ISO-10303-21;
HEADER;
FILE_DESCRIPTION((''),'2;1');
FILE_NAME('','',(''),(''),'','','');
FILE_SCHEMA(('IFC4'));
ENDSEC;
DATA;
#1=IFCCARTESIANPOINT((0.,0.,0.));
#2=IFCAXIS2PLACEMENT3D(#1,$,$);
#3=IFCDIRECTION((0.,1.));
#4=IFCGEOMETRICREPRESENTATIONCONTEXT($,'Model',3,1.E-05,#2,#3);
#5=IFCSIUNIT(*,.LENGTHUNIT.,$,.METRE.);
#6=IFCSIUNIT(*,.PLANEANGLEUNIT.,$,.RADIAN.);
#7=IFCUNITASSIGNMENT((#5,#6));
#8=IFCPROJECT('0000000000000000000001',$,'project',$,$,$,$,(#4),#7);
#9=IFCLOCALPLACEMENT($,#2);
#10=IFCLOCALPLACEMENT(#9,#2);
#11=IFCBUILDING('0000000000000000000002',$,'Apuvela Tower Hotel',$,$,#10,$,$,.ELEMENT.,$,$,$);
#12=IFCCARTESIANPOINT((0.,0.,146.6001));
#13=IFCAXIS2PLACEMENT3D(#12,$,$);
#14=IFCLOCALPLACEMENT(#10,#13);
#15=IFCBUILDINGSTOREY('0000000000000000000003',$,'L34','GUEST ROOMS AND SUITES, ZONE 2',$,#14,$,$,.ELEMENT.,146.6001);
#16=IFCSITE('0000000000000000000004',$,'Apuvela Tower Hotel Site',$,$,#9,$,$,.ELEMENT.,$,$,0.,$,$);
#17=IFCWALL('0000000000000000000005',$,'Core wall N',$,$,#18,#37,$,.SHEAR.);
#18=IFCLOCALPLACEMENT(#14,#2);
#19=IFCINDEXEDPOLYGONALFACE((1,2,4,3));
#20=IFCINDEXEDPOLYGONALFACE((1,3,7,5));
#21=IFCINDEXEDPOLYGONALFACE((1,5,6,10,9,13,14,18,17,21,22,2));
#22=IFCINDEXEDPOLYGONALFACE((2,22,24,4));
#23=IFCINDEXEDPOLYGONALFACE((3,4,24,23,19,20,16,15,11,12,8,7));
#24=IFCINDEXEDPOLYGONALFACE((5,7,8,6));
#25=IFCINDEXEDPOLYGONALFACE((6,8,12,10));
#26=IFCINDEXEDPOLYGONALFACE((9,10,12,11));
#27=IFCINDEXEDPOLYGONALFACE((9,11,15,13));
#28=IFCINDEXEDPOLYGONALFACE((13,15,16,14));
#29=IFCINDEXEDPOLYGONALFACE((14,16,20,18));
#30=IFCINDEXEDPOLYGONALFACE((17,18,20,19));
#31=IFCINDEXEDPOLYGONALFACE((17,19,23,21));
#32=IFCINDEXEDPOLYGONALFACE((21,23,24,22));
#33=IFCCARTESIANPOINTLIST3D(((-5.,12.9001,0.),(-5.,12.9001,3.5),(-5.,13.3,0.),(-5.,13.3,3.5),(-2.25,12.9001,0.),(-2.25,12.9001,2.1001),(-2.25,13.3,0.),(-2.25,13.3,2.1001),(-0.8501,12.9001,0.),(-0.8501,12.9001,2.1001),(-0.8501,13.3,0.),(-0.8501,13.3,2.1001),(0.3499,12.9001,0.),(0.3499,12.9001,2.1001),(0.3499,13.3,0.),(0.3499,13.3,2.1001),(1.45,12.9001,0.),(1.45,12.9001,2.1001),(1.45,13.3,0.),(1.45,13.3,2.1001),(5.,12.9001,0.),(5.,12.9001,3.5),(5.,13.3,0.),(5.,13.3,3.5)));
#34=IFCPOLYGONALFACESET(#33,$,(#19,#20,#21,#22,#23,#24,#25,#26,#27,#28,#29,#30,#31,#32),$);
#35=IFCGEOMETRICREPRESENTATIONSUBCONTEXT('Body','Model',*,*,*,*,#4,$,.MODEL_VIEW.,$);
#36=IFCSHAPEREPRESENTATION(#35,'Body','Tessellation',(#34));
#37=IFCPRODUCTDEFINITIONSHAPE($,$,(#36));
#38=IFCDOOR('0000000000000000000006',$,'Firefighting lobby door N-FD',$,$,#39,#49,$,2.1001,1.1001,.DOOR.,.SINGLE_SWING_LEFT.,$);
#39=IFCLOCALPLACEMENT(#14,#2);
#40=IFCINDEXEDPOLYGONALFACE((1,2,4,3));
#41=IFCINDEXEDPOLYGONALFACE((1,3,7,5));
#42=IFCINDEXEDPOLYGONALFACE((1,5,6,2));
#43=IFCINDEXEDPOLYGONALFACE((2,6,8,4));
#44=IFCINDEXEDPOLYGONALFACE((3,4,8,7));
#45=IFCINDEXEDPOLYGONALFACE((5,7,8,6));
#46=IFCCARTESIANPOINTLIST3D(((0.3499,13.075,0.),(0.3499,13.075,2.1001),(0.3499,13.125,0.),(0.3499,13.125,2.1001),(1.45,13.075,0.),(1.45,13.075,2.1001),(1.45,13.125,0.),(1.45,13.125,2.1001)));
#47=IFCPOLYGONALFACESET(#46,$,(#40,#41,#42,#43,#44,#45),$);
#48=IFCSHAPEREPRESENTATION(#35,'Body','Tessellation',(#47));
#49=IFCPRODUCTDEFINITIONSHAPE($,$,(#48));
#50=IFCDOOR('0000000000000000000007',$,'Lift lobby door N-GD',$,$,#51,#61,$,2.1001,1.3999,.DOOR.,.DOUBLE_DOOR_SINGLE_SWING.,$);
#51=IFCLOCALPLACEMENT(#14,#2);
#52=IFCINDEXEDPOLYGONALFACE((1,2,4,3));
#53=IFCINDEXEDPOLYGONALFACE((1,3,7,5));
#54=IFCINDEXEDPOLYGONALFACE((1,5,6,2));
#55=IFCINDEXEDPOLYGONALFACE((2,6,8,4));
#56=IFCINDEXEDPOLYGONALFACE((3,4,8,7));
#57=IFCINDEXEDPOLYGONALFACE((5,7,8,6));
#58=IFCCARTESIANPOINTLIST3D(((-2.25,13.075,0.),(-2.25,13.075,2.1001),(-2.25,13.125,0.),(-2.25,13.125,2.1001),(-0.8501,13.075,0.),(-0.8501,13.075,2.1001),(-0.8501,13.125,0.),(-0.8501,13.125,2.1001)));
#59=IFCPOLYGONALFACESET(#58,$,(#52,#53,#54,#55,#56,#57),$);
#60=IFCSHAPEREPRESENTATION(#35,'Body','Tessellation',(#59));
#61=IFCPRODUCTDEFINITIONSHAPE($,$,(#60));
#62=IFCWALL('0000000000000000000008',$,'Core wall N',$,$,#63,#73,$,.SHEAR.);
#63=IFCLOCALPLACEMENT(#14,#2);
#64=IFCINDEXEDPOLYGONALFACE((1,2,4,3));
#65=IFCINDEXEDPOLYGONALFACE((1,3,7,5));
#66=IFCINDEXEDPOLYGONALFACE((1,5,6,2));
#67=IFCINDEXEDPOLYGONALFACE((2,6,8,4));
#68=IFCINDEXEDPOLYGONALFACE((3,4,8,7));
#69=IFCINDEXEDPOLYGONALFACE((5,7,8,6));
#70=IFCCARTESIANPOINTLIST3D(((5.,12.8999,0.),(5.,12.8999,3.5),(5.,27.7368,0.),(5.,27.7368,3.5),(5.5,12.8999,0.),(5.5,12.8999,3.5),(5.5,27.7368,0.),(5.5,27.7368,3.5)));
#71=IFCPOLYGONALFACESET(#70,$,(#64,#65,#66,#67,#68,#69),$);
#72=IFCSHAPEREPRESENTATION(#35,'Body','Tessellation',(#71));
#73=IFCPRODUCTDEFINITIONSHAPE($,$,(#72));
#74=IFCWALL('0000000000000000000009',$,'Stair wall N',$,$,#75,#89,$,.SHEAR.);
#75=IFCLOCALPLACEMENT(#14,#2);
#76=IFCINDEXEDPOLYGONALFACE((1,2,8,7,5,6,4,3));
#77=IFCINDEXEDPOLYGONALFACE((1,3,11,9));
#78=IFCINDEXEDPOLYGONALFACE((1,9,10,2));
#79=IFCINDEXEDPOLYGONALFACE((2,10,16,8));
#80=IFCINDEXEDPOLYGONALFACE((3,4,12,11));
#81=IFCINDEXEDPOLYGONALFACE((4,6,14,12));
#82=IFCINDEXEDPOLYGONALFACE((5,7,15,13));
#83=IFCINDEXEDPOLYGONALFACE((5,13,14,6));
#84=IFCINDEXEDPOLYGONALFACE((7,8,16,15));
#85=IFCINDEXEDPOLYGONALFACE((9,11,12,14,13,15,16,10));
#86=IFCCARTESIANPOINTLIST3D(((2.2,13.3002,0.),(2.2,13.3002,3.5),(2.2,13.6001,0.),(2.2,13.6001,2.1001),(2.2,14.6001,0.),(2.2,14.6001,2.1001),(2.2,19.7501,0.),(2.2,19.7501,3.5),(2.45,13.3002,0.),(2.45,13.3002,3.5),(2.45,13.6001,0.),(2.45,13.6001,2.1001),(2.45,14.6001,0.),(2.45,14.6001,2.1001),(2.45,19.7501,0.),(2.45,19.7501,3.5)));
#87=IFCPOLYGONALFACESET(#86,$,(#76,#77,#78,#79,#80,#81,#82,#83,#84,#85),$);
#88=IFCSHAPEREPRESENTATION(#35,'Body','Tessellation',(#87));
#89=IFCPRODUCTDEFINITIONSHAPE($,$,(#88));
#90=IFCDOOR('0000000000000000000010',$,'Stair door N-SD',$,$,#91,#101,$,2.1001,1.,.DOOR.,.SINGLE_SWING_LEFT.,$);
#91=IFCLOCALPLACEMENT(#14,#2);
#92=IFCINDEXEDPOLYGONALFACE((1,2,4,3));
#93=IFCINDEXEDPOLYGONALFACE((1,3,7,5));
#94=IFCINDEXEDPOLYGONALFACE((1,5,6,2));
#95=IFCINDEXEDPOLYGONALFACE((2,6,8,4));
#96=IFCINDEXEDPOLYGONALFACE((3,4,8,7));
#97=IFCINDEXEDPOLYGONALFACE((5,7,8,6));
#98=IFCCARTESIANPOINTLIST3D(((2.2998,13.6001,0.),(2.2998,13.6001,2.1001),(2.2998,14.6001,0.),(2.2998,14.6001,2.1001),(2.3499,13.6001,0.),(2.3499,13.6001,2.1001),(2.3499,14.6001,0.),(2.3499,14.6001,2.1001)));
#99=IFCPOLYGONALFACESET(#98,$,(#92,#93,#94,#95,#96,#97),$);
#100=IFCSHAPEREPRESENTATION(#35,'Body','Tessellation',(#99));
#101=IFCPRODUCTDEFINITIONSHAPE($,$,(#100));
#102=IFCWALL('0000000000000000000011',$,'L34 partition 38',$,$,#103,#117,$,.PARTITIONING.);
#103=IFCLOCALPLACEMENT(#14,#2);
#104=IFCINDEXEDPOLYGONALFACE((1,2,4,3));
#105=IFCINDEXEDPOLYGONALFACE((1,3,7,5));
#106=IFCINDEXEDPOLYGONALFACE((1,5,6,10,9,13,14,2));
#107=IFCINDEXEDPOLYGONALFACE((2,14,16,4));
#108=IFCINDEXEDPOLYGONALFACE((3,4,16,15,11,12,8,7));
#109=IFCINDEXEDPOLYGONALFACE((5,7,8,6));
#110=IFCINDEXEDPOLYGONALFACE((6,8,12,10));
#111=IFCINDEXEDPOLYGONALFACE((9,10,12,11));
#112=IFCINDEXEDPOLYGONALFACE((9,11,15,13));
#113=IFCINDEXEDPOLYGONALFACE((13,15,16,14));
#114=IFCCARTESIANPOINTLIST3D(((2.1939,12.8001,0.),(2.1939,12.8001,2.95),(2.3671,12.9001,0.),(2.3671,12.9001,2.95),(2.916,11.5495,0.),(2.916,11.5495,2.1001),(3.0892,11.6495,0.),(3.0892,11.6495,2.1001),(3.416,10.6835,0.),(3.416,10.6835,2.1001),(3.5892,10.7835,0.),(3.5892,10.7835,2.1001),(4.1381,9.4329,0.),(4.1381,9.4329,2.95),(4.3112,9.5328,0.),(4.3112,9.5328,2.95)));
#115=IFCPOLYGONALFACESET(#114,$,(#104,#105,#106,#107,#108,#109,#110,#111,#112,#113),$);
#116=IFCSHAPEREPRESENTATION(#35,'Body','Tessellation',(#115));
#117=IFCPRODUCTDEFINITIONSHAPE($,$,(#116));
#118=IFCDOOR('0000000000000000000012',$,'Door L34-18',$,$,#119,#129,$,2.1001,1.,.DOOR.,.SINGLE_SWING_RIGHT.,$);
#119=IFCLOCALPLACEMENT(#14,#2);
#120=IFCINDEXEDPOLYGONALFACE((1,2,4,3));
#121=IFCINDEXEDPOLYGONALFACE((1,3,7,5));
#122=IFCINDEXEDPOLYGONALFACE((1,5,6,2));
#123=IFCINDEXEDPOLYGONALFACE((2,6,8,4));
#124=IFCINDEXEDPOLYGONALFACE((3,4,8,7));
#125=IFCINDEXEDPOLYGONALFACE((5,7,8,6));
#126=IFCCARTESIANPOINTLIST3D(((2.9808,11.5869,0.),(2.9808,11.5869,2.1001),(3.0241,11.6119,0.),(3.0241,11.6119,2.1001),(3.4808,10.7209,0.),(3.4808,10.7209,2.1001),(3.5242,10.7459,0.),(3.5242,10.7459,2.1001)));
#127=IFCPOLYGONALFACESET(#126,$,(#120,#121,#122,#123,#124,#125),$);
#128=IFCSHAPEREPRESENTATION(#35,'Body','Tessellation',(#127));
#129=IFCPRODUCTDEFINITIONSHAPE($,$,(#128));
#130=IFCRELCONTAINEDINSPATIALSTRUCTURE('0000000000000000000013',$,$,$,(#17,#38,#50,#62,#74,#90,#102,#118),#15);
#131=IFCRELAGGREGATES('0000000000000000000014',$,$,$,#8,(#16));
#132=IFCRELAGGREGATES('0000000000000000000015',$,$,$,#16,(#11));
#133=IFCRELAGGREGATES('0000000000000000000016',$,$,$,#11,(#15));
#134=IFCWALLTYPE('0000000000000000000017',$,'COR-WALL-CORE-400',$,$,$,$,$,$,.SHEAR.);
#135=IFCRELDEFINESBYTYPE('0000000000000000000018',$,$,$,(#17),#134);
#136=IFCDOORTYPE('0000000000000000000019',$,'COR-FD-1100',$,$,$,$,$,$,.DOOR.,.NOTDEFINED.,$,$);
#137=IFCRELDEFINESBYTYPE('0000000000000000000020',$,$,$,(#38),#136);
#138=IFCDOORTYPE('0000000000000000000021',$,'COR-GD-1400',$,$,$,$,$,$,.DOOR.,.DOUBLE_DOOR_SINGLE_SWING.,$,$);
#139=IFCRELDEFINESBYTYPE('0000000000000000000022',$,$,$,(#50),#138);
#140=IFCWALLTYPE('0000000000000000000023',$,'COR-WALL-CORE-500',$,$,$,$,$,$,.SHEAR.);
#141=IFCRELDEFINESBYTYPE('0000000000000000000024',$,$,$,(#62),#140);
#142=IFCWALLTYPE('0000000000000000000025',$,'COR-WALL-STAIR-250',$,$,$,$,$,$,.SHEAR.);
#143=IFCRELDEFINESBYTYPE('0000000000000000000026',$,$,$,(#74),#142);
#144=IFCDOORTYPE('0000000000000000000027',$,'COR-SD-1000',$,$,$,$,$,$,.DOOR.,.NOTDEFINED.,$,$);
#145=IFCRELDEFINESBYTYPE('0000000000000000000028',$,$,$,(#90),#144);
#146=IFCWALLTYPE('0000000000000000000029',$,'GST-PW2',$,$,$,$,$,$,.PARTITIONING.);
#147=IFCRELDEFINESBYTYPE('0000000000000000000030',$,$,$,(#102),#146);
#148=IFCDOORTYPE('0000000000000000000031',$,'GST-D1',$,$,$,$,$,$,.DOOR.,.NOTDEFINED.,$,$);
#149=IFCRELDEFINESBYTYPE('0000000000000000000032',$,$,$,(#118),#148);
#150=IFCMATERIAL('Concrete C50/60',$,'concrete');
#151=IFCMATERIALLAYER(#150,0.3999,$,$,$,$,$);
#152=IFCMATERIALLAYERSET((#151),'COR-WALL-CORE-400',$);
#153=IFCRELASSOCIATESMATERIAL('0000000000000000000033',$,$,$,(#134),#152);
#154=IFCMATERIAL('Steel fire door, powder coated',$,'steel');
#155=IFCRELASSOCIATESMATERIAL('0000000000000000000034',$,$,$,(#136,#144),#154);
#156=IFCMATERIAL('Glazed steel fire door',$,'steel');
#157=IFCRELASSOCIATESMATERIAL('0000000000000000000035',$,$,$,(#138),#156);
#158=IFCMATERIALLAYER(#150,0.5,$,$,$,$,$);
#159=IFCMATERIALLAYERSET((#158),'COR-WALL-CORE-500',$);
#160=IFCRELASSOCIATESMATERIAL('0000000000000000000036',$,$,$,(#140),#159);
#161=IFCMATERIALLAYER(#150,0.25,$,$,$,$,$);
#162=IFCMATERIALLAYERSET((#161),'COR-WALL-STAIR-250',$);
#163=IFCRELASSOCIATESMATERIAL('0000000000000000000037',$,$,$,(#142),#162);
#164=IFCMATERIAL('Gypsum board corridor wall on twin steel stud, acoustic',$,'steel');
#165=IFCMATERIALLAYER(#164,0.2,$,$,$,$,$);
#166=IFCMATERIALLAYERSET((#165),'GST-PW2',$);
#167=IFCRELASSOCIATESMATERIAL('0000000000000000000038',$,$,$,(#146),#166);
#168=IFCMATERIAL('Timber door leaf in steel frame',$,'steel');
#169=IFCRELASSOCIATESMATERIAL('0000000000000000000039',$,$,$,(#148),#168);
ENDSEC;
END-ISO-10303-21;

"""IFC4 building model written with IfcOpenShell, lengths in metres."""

from ifc_helpers import new_model, si_unit, direction, frame, frame_2d, origin, place, context, subcontext, project, spatial, rectangle, extrude, material, layer, layer_set, type_object, element, fill, save


model = new_model("IFC4")

# Units and contexts
model_context = context("Model", 3, precision=1e-05, world=origin(), true_north=direction((0.0, 1.0)))
body_context = subcontext(model_context, "Body", "Model", "MODEL_VIEW")
ifc_project = project(units=[si_unit("LENGTHUNIT", "METRE"), si_unit("PLANEANGLEUNIT", "RADIAN")], contexts=[model_context])

# Site, building, storey
site_placement = place(None, origin())
site = spatial("IfcSite", under=ifc_project, at=site_placement, Name="Apuvela Tower Hotel Site", CompositionType="ELEMENT", RefElevation=0.0)
building_placement = place(site_placement, origin())
building = spatial("IfcBuilding", under=site, at=building_placement, Name="Apuvela Tower Hotel", CompositionType="ELEMENT")
storey_placement = place(building_placement, frame((0.0, 0.0, 146.6001)))
storey = spatial("IfcBuildingStorey", under=building, at=storey_placement, Name="L34", Description="GUEST ROOMS AND SUITES, ZONE 2", CompositionType="ELEMENT", Elevation=146.6001)

# Shared definitions
ifc_material_1 = material(Name="Concrete C50/60", Category="concrete")

# Wall, openings, doors
ifc_layer_1 = layer(ifc_material_1, 0.3999)
ifc_layer_set_1 = layer_set([ifc_layer_1], Name="COR-WALL-CORE-400")
wall_type_1 = type_object("IfcWallType", Name="COR-WALL-CORE-400", PredefinedType="SHEAR", material=ifc_layer_set_1)
wall_1_placement = place(storey_placement, frame((5.0, 13.1001, 0.0), z_axis=(0.0, 0.0, 1.0), x_axis=(-1.0, 0.0, 0.0)))
wall_1 = element("IfcWall", 1, at=wall_1_placement, inside=storey, type_object=wall_type_1, Name="Core wall N", PredefinedType="SHEAR", context=body_context, shape_type="SweptSolid", body=[
    extrude(rectangle(XDim=10.0, YDim=0.3999, at=frame_2d((5.0, 0.0))), origin(), (0.0, 0.0, 1.0), 3.5),
])
opening_1_placement = place(wall_1_placement, frame((3.55, 0.0, 0.0)))
opening_1 = element("IfcOpeningElement", 2, at=opening_1_placement, cuts=wall_1, PredefinedType="OPENING", context=body_context, shape_type="SweptSolid", body=[
    extrude(rectangle(XDim=1.1001, YDim=2.1001, at=frame_2d((0.55, 1.05))), frame((0.0, 0.21, 0.0), z_axis=(0.0, -1.0, 0.0), x_axis=(1.0, 0.0, 0.0)), (0.0, 0.0, 1.0), 0.4199),
])
opening_2_placement = place(wall_1_placement, frame((5.8501, 0.0, 0.0)))
opening_2 = element("IfcOpeningElement", 3, at=opening_2_placement, cuts=wall_1, PredefinedType="OPENING", context=body_context, shape_type="SweptSolid", body=[
    extrude(rectangle(XDim=1.3999, YDim=2.1001, at=frame_2d((0.7, 1.05))), frame((0.0, 0.21, 0.0), z_axis=(0.0, -1.0, 0.0), x_axis=(1.0, 0.0, 0.0)), (0.0, 0.0, 1.0), 0.4199),
])
ifc_material_2 = material(Name="Steel fire door, powder coated", Category="steel")
door_type_1 = type_object("IfcDoorType", Name="COR-FD-1100", OperationType="NOTDEFINED", PredefinedType="DOOR", material=ifc_material_2)
door_1_placement = place(opening_1_placement, frame((1.1001, 0.0, 0.0), z_axis=(0.0, 0.0, 1.0), x_axis=(-1.0, 0.0, 0.0)))
door_1 = element("IfcDoor", 4, at=door_1_placement, inside=storey, type_object=door_type_1, Name="Firefighting lobby door N-FD", OperationType="SINGLE_SWING_LEFT", OverallHeight=2.1001, OverallWidth=1.1001, PredefinedType="DOOR", context=body_context, shape_type="SweptSolid", body=[
    extrude(rectangle(XDim=1.1001, YDim=2.1001, at=frame_2d((0.55, 1.05))), frame((0.0, 0.0249, 0.0), z_axis=(0.0, -1.0, 0.0), x_axis=(1.0, 0.0, 0.0)), (0.0, 0.0, 1.0), 0.05),
])
fill(opening_1, door_1)
ifc_material_3 = material(Name="Glazed steel fire door", Category="steel")
door_type_2 = type_object("IfcDoorType", Name="COR-GD-1400", OperationType="DOUBLE_DOOR_SINGLE_SWING", PredefinedType="DOOR", material=ifc_material_3)
door_2_placement = place(opening_2_placement, frame((1.3999, 0.0, 0.0), z_axis=(0.0, 0.0, 1.0), x_axis=(-1.0, 0.0, 0.0)))
door_2 = element("IfcDoor", 5, at=door_2_placement, inside=storey, type_object=door_type_2, Name="Lift lobby door N-GD", OperationType="DOUBLE_DOOR_SINGLE_SWING", OverallHeight=2.1001, OverallWidth=1.3999, PredefinedType="DOOR", context=body_context, shape_type="SweptSolid", body=[
    extrude(rectangle(XDim=1.3999, YDim=2.1001, at=frame_2d((0.7, 1.05))), frame((0.0, 0.0249, 0.0), z_axis=(0.0, -1.0, 0.0), x_axis=(1.0, 0.0, 0.0)), (0.0, 0.0, 1.0), 0.05),
])
fill(opening_2, door_2)

# Wall
ifc_layer_2 = layer(ifc_material_1, 0.5)
ifc_layer_set_2 = layer_set([ifc_layer_2], Name="COR-WALL-CORE-500")
wall_type_2 = type_object("IfcWallType", Name="COR-WALL-CORE-500", PredefinedType="SHEAR", material=ifc_layer_set_2)
wall_2_placement = place(storey_placement, frame((5.25, 12.8999, 0.0), z_axis=(0.0, 0.0, 1.0), x_axis=(0.0, 1.0, 0.0)))
element("IfcWall", 6, at=wall_2_placement, inside=storey, type_object=wall_type_2, Name="Core wall N", PredefinedType="SHEAR", context=body_context, shape_type="SweptSolid", body=[
    extrude(rectangle(XDim=14.8369, YDim=0.5, at=frame_2d((7.4185, 0.0))), origin(), (0.0, 0.0, 1.0), 3.5),
])

# Walls, openings, doors
ifc_layer_3 = layer(ifc_material_1, 0.25)
ifc_layer_set_3 = layer_set([ifc_layer_3], Name="COR-WALL-STAIR-250")
wall_type_3 = type_object("IfcWallType", Name="COR-WALL-STAIR-250", PredefinedType="SHEAR", material=ifc_layer_set_3)
wall_3_placement = place(storey_placement, frame((2.325, 13.3, 0.0), z_axis=(0.0, 0.0, 1.0), x_axis=(0.0, 1.0, 0.0)))
wall_3 = element("IfcWall", 7, at=wall_3_placement, inside=storey, type_object=wall_type_3, Name="Stair wall N", PredefinedType="SHEAR", context=body_context, shape_type="SweptSolid", body=[
    extrude(rectangle(XDim=6.45, YDim=0.25, at=frame_2d((3.2251, 0.0))), origin(), (0.0, 0.0, 1.0), 3.5),
])
opening_3_placement = place(wall_3_placement, frame((0.3, 0.0, 0.0)))
opening_3 = element("IfcOpeningElement", 8, at=opening_3_placement, cuts=wall_3, PredefinedType="OPENING", context=body_context, shape_type="SweptSolid", body=[
    extrude(rectangle(XDim=1.0, YDim=2.1001, at=frame_2d((0.5, 1.05))), frame((0.0, 0.135, 0.0), z_axis=(0.0, -1.0, 0.0), x_axis=(1.0, 0.0, 0.0)), (0.0, 0.0, 1.0), 0.27),
])
door_type_3 = type_object("IfcDoorType", Name="COR-SD-1000", OperationType="NOTDEFINED", PredefinedType="DOOR", material=ifc_material_2)
door_3_placement = place(opening_3_placement, frame((1.0, 0.0, 0.0), z_axis=(0.0, 0.0, 1.0), x_axis=(-1.0, 0.0, 0.0)))
door_3 = element("IfcDoor", 9, at=door_3_placement, inside=storey, type_object=door_type_3, Name="Stair door N-SD", OperationType="SINGLE_SWING_LEFT", OverallHeight=2.1001, OverallWidth=1.0, PredefinedType="DOOR", context=body_context, shape_type="SweptSolid", body=[
    extrude(rectangle(XDim=1.0, YDim=2.1001, at=frame_2d((0.5, 1.05))), frame((0.0, 0.0249, 0.0), z_axis=(0.0, -1.0, 0.0), x_axis=(1.0, 0.0, 0.0)), (0.0, 0.0, 1.0), 0.05),
])
fill(opening_3, door_3)
ifc_material_4 = material(Name="Gypsum board corridor wall on twin steel stud, acoustic", Category="steel")
ifc_layer_4 = layer(ifc_material_4, 0.2)
ifc_layer_set_4 = layer_set([ifc_layer_4], Name="GST-PW2")
wall_type_4 = type_object("IfcWallType", Name="GST-PW2", PredefinedType="PARTITIONING", material=ifc_layer_set_4)
wall_4_placement = place(storey_placement, frame((2.2805, 12.8501, 0.0), z_axis=(0.0, 0.0, 1.0), x_axis=(0.500009, -0.86602, 0.0)))
wall_4 = element("IfcWall", 10, at=wall_4_placement, inside=storey, type_object=wall_type_4, Name="L34 partition 38", PredefinedType="PARTITIONING", context=body_context, shape_type="SweptSolid", body=[
    extrude(rectangle(XDim=3.8882, YDim=0.2, at=frame_2d((1.9441, 0.0))), origin(), (0.0, 0.0, 1.0), 2.95),
])
opening_4_placement = place(wall_4_placement, frame((1.4441, 0.0, 0.0)))
opening_4 = element("IfcOpeningElement", 11, at=opening_4_placement, cuts=wall_4, PredefinedType="OPENING", context=body_context, shape_type="SweptSolid", body=[
    extrude(rectangle(XDim=1.0, YDim=2.1001, at=frame_2d((0.5, 1.05))), frame((0.0, 0.1099, 0.0), z_axis=(0.0, -1.0, 0.0), x_axis=(1.0, 0.0, 0.0)), (0.0, 0.0, 1.0), 0.22),
])
ifc_material_5 = material(Name="Timber door leaf in steel frame", Category="steel")
door_type_4 = type_object("IfcDoorType", Name="GST-D1", OperationType="NOTDEFINED", PredefinedType="DOOR", material=ifc_material_5)
door_4_placement = place(opening_4_placement, origin())
door_4 = element("IfcDoor", 12, at=door_4_placement, inside=storey, type_object=door_type_4, Name="Door L34-18", OperationType="SINGLE_SWING_RIGHT", OverallHeight=2.1001, OverallWidth=1.0, PredefinedType="DOOR", context=body_context, shape_type="SweptSolid", body=[
    extrude(rectangle(XDim=1.0, YDim=2.1001, at=frame_2d((0.5, 1.05))), frame((0.0, 0.0249, 0.0), z_axis=(0.0, -1.0, 0.0), x_axis=(1.0, 0.0, 0.0)), (0.0, 0.0, 1.0), 0.05),
])
fill(opening_4, door_4)

save(model, "model.ifc")
